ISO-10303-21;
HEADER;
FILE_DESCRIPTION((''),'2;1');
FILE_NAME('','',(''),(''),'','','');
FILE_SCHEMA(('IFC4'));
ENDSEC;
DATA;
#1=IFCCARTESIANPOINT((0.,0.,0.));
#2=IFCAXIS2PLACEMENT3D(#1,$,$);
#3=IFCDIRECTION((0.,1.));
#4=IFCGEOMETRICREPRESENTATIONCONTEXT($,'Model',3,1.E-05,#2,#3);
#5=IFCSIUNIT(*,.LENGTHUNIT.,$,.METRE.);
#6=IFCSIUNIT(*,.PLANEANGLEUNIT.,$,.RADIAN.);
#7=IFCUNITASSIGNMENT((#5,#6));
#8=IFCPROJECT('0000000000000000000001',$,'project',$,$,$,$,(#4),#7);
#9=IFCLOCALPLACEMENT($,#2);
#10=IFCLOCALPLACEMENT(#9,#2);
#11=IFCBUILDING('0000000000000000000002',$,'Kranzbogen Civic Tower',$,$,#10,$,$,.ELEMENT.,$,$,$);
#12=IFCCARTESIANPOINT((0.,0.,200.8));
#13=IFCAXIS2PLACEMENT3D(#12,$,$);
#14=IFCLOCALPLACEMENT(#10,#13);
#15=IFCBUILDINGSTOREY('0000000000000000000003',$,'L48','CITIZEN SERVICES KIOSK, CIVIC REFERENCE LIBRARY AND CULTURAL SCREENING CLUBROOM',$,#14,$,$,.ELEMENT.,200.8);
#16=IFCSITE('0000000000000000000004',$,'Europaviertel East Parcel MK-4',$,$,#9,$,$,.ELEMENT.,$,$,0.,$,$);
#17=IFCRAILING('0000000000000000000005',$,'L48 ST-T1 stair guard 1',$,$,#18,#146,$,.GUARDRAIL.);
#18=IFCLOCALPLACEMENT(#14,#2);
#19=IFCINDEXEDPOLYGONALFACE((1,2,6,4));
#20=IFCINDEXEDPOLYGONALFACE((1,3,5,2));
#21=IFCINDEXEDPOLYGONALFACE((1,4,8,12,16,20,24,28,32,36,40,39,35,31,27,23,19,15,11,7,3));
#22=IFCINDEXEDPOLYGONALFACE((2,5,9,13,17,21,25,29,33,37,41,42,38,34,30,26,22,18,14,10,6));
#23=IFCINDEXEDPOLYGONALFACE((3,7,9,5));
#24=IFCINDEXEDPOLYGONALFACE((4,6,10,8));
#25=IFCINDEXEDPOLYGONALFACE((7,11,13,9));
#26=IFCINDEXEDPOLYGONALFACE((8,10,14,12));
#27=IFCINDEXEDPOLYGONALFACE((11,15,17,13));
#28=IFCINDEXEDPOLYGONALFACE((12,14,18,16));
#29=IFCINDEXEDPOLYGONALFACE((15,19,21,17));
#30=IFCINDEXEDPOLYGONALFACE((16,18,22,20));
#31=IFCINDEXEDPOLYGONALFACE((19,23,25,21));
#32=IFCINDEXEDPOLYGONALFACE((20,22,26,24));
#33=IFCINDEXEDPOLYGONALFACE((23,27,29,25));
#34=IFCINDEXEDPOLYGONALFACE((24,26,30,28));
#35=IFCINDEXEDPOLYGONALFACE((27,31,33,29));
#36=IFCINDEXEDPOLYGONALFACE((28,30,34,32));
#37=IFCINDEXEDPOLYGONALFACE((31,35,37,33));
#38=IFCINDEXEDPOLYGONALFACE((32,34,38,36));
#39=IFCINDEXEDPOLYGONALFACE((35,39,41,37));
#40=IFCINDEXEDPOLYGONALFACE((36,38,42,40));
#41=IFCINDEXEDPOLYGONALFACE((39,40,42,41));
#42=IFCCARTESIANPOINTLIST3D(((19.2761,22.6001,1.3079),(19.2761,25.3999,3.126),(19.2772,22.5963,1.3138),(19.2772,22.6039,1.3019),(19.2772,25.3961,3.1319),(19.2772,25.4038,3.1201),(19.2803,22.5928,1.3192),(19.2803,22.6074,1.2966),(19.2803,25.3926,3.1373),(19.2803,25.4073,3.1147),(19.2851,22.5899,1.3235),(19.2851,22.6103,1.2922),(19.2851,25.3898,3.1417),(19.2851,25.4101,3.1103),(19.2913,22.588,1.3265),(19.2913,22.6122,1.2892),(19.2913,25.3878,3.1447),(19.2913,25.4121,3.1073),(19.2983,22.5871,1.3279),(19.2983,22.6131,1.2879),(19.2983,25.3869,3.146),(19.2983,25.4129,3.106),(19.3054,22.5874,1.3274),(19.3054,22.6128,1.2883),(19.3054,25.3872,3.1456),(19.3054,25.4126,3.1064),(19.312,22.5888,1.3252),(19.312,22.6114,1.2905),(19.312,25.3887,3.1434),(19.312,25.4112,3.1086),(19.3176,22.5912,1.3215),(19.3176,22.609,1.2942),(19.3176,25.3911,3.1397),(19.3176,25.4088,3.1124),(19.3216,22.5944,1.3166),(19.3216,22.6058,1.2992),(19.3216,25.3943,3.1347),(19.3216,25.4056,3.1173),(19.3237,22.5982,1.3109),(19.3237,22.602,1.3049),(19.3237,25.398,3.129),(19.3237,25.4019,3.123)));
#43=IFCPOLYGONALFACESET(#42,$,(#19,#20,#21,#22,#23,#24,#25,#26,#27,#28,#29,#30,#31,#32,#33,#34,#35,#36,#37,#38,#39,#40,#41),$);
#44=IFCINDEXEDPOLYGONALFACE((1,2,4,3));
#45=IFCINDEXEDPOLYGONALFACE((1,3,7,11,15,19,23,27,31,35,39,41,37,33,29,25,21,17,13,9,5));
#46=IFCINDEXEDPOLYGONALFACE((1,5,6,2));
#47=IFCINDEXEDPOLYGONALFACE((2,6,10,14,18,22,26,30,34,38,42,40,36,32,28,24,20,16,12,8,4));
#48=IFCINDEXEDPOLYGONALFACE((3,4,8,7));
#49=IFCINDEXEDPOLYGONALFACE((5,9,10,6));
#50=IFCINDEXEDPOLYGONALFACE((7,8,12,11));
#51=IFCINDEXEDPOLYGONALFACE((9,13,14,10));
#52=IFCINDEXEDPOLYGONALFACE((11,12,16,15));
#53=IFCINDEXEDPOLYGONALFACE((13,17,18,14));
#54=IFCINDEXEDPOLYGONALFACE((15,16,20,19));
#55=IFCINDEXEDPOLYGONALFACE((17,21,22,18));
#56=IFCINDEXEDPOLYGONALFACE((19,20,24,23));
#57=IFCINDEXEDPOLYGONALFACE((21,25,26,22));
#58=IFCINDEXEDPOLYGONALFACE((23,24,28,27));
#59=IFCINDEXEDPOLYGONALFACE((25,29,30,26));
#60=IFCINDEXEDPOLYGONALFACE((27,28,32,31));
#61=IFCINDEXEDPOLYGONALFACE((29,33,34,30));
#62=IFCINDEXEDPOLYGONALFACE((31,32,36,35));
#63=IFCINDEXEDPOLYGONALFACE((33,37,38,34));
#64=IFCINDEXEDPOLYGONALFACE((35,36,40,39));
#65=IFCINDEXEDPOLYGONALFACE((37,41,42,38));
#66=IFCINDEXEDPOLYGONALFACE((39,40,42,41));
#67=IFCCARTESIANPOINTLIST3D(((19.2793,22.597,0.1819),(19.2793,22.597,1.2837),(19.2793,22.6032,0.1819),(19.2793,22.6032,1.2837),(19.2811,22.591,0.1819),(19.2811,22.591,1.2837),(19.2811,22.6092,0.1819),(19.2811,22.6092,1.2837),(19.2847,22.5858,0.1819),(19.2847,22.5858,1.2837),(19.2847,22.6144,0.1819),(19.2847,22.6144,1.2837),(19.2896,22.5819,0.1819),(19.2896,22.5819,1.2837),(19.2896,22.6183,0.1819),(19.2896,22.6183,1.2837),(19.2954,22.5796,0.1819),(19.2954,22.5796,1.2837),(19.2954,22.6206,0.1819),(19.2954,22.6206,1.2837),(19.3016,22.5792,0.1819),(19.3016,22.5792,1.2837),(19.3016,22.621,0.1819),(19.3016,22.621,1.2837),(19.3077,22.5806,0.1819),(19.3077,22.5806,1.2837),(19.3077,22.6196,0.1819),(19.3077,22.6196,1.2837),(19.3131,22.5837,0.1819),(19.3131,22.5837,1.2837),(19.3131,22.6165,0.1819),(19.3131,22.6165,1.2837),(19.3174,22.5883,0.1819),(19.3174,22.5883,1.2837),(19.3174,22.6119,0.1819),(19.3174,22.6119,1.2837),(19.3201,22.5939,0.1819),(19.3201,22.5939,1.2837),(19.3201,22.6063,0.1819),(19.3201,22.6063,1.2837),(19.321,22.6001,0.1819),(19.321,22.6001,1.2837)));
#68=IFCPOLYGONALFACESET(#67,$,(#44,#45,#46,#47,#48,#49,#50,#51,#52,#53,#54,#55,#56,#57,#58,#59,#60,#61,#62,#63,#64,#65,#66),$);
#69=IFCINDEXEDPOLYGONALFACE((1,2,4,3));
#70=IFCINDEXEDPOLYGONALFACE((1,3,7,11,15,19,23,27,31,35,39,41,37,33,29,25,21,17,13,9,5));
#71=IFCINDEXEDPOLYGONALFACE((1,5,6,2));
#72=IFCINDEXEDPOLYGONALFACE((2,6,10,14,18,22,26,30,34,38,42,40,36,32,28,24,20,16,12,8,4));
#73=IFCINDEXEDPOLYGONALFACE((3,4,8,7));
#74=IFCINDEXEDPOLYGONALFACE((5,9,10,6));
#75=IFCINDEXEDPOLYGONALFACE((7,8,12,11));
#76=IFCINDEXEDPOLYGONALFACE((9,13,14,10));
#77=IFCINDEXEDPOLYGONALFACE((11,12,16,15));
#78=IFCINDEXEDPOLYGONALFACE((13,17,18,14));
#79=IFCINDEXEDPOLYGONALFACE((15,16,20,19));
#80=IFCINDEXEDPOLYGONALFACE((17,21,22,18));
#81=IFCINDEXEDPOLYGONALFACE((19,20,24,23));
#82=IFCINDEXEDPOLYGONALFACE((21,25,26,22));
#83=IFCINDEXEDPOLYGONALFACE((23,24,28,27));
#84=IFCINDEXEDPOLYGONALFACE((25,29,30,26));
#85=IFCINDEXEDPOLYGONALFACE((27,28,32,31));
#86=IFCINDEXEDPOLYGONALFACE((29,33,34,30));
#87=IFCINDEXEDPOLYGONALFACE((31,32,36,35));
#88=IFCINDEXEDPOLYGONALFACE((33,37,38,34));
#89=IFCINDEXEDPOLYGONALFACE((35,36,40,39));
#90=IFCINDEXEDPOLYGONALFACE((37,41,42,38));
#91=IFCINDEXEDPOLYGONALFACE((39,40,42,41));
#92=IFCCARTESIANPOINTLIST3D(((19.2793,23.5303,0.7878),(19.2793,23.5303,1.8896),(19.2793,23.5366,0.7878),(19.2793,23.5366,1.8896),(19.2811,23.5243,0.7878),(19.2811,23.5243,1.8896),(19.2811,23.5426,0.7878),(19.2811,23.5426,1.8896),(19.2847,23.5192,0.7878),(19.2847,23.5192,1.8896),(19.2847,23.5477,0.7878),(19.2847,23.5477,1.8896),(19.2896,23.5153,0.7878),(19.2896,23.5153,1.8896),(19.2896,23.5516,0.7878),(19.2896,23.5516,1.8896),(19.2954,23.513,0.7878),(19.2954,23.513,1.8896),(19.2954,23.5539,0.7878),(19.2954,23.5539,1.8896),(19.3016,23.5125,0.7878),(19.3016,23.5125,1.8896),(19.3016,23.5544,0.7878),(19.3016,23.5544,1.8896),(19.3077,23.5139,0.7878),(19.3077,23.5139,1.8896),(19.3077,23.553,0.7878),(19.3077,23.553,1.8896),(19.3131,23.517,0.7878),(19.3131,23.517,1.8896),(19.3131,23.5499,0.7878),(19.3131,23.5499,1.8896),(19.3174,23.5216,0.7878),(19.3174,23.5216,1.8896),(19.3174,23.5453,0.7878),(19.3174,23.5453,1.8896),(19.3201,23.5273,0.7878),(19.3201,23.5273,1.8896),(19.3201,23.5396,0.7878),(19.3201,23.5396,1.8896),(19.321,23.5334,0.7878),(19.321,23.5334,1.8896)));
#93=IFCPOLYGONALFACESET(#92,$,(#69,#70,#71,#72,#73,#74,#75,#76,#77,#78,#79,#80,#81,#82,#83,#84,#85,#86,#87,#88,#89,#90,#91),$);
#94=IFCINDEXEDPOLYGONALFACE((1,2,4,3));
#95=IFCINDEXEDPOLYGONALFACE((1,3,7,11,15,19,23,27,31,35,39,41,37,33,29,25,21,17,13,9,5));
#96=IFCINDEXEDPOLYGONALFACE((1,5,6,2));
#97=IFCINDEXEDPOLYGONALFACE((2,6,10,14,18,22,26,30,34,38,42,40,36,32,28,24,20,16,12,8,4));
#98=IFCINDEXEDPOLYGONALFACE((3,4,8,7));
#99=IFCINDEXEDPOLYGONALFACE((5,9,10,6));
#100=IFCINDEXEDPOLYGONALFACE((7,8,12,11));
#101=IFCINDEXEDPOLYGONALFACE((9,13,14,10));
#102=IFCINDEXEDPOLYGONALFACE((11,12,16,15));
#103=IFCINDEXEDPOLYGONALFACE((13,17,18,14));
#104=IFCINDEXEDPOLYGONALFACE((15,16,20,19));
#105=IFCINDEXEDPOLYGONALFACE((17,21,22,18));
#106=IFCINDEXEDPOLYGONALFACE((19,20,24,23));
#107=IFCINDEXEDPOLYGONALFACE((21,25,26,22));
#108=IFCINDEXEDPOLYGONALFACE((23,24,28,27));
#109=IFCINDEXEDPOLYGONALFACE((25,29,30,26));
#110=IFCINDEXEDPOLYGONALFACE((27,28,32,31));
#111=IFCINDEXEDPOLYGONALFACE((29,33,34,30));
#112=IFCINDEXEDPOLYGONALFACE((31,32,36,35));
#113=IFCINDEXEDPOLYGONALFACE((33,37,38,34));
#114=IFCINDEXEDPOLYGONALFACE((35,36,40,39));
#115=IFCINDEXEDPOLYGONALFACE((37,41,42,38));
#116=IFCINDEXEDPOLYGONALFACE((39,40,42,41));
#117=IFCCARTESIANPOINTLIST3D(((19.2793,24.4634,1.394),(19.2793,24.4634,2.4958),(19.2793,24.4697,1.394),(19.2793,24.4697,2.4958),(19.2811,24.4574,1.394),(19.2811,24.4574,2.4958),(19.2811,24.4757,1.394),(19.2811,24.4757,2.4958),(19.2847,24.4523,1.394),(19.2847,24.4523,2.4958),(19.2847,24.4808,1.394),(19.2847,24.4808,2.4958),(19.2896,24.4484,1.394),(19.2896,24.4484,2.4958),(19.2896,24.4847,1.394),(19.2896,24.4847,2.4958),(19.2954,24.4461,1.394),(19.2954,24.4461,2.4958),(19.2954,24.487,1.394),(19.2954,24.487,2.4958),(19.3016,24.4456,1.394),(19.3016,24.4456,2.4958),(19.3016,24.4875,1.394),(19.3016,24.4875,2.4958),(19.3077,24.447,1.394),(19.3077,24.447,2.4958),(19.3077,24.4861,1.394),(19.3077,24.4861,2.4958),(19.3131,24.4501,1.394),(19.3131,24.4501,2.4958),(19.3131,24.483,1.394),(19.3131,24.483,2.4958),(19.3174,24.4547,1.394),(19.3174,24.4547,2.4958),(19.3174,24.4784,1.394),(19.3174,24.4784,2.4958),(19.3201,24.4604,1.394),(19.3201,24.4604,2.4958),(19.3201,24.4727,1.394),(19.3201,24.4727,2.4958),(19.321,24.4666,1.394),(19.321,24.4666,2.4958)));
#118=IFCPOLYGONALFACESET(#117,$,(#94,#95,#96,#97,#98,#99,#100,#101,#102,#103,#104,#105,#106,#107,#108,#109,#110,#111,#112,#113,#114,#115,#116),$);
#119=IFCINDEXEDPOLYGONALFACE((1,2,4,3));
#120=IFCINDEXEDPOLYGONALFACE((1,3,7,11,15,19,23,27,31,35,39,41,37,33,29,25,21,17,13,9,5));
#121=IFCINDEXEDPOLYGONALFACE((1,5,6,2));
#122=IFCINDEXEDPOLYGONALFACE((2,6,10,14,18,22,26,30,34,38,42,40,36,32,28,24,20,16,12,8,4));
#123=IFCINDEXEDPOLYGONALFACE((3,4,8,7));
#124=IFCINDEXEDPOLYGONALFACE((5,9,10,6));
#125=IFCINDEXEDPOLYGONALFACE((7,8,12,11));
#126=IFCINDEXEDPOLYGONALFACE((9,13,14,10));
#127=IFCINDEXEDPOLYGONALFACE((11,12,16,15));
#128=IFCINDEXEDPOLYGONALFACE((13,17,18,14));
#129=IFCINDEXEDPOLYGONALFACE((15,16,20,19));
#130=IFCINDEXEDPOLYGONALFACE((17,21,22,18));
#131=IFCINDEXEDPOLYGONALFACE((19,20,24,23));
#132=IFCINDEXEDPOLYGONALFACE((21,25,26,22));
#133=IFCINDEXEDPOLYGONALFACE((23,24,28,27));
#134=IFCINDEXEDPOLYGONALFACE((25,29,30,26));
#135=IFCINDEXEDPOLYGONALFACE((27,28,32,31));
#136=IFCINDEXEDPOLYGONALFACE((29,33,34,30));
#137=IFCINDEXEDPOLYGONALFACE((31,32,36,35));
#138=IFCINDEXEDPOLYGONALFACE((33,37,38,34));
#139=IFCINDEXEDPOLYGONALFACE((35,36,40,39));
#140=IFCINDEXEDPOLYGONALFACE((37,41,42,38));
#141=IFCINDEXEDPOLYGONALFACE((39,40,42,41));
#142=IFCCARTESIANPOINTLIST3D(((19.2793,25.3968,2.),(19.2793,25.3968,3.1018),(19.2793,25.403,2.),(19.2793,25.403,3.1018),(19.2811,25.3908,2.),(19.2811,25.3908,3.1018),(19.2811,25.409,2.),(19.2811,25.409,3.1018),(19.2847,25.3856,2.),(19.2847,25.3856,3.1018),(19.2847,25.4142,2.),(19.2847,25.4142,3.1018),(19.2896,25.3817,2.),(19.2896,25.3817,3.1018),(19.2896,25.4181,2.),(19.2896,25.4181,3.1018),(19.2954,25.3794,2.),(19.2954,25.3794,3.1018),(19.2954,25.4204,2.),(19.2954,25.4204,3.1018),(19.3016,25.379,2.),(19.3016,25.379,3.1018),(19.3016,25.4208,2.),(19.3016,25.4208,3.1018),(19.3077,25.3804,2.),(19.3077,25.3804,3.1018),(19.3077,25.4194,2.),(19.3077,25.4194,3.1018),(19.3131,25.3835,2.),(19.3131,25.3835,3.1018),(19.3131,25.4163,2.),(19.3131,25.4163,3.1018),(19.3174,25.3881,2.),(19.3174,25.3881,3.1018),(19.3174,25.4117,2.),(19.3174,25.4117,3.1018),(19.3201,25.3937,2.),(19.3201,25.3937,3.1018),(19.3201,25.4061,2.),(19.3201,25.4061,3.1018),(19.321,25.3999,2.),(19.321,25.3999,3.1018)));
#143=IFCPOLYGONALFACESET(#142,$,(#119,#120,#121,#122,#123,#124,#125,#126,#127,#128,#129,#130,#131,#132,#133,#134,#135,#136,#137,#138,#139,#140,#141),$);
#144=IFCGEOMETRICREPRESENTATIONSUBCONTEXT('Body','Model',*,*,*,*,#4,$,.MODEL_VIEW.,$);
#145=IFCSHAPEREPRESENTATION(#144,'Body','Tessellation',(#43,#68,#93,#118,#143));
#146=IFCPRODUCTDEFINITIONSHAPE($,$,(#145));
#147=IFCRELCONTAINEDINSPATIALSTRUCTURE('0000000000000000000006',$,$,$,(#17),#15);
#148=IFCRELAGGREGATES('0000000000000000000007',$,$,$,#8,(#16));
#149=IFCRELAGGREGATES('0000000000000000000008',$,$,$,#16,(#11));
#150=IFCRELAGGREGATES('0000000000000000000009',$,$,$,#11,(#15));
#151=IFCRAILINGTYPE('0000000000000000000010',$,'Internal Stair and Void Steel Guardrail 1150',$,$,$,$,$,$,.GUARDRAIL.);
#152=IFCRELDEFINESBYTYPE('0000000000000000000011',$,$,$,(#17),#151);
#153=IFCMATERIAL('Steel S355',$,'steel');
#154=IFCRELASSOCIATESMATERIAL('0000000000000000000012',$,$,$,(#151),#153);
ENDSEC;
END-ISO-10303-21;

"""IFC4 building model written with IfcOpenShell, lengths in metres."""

from ifc_helpers import new_model, si_unit, direction, frame, origin, origin_2d, place, context, subcontext, project, spatial, circle, extrude, material, type_object, element, save


model = new_model("IFC4")

# Units and contexts
model_context = context("Model", 3, precision=1e-05, world=origin(), true_north=direction((0.0, 1.0)))
body_context = subcontext(model_context, "Body", "Model", "MODEL_VIEW")
ifc_project = project(units=[si_unit("LENGTHUNIT", "METRE"), si_unit("PLANEANGLEUNIT", "RADIAN")], contexts=[model_context])

# Site, building, storey
site_placement = place(None, origin())
site = spatial("IfcSite", under=ifc_project, at=site_placement, Name="Europaviertel East Parcel MK-4", CompositionType="ELEMENT", RefElevation=0.0)
building_placement = place(site_placement, origin())
building = spatial("IfcBuilding", under=site, at=building_placement, Name="Kranzbogen Civic Tower", CompositionType="ELEMENT")
storey_placement = place(building_placement, frame((0.0, 0.0, 200.8)))
storey = spatial("IfcBuildingStorey", under=building, at=storey_placement, Name="L48", Description="CITIZEN SERVICES KIOSK, CIVIC REFERENCE LIBRARY AND CULTURAL SCREENING CLUBROOM", CompositionType="ELEMENT", Elevation=200.8)

# Shared definitions
ifc_material_1 = material(Name="Steel S355", Category="steel")

# Railing
railing_type_1 = type_object("IfcRailingType", Name="Internal Stair and Void Steel Guardrail 1150", PredefinedType="GUARDRAIL", material=ifc_material_1)
railing_1_placement = place(storey_placement, frame((19.3, 22.6001, 0.1819)))
element("IfcRailing", 1, at=railing_1_placement, inside=storey, type_object=railing_type_1, Name="L48 ST-T1 stair guard 1", PredefinedType="GUARDRAIL", context=body_context, shape_type="SweptSolid", body=[
    extrude(circle(Radius=0.0239, at=origin_2d()), frame((0.0, 0.0, 1.126), z_axis=(0.0, 0.838684, 0.544618), x_axis=(-1.0, 0.0, 0.0)), (0.0, 0.0, 1.0), 3.3384),
    extrude(circle(Radius=0.021, at=origin_2d()), origin(), (0.0, 0.0, 1.0), 1.1018),
    extrude(circle(Radius=0.021, at=origin_2d()), frame((0.0, 0.9333, 0.606)), (0.0, 0.0, 1.0), 1.1018),
    extrude(circle(Radius=0.021, at=origin_2d()), frame((0.0, 1.8665, 1.2122)), (0.0, 0.0, 1.0), 1.1018),
    extrude(circle(Radius=0.021, at=origin_2d()), frame((0.0, 2.7998, 1.8181)), (0.0, 0.0, 1.0), 1.1018),
])

save(model, "model.ifc")
